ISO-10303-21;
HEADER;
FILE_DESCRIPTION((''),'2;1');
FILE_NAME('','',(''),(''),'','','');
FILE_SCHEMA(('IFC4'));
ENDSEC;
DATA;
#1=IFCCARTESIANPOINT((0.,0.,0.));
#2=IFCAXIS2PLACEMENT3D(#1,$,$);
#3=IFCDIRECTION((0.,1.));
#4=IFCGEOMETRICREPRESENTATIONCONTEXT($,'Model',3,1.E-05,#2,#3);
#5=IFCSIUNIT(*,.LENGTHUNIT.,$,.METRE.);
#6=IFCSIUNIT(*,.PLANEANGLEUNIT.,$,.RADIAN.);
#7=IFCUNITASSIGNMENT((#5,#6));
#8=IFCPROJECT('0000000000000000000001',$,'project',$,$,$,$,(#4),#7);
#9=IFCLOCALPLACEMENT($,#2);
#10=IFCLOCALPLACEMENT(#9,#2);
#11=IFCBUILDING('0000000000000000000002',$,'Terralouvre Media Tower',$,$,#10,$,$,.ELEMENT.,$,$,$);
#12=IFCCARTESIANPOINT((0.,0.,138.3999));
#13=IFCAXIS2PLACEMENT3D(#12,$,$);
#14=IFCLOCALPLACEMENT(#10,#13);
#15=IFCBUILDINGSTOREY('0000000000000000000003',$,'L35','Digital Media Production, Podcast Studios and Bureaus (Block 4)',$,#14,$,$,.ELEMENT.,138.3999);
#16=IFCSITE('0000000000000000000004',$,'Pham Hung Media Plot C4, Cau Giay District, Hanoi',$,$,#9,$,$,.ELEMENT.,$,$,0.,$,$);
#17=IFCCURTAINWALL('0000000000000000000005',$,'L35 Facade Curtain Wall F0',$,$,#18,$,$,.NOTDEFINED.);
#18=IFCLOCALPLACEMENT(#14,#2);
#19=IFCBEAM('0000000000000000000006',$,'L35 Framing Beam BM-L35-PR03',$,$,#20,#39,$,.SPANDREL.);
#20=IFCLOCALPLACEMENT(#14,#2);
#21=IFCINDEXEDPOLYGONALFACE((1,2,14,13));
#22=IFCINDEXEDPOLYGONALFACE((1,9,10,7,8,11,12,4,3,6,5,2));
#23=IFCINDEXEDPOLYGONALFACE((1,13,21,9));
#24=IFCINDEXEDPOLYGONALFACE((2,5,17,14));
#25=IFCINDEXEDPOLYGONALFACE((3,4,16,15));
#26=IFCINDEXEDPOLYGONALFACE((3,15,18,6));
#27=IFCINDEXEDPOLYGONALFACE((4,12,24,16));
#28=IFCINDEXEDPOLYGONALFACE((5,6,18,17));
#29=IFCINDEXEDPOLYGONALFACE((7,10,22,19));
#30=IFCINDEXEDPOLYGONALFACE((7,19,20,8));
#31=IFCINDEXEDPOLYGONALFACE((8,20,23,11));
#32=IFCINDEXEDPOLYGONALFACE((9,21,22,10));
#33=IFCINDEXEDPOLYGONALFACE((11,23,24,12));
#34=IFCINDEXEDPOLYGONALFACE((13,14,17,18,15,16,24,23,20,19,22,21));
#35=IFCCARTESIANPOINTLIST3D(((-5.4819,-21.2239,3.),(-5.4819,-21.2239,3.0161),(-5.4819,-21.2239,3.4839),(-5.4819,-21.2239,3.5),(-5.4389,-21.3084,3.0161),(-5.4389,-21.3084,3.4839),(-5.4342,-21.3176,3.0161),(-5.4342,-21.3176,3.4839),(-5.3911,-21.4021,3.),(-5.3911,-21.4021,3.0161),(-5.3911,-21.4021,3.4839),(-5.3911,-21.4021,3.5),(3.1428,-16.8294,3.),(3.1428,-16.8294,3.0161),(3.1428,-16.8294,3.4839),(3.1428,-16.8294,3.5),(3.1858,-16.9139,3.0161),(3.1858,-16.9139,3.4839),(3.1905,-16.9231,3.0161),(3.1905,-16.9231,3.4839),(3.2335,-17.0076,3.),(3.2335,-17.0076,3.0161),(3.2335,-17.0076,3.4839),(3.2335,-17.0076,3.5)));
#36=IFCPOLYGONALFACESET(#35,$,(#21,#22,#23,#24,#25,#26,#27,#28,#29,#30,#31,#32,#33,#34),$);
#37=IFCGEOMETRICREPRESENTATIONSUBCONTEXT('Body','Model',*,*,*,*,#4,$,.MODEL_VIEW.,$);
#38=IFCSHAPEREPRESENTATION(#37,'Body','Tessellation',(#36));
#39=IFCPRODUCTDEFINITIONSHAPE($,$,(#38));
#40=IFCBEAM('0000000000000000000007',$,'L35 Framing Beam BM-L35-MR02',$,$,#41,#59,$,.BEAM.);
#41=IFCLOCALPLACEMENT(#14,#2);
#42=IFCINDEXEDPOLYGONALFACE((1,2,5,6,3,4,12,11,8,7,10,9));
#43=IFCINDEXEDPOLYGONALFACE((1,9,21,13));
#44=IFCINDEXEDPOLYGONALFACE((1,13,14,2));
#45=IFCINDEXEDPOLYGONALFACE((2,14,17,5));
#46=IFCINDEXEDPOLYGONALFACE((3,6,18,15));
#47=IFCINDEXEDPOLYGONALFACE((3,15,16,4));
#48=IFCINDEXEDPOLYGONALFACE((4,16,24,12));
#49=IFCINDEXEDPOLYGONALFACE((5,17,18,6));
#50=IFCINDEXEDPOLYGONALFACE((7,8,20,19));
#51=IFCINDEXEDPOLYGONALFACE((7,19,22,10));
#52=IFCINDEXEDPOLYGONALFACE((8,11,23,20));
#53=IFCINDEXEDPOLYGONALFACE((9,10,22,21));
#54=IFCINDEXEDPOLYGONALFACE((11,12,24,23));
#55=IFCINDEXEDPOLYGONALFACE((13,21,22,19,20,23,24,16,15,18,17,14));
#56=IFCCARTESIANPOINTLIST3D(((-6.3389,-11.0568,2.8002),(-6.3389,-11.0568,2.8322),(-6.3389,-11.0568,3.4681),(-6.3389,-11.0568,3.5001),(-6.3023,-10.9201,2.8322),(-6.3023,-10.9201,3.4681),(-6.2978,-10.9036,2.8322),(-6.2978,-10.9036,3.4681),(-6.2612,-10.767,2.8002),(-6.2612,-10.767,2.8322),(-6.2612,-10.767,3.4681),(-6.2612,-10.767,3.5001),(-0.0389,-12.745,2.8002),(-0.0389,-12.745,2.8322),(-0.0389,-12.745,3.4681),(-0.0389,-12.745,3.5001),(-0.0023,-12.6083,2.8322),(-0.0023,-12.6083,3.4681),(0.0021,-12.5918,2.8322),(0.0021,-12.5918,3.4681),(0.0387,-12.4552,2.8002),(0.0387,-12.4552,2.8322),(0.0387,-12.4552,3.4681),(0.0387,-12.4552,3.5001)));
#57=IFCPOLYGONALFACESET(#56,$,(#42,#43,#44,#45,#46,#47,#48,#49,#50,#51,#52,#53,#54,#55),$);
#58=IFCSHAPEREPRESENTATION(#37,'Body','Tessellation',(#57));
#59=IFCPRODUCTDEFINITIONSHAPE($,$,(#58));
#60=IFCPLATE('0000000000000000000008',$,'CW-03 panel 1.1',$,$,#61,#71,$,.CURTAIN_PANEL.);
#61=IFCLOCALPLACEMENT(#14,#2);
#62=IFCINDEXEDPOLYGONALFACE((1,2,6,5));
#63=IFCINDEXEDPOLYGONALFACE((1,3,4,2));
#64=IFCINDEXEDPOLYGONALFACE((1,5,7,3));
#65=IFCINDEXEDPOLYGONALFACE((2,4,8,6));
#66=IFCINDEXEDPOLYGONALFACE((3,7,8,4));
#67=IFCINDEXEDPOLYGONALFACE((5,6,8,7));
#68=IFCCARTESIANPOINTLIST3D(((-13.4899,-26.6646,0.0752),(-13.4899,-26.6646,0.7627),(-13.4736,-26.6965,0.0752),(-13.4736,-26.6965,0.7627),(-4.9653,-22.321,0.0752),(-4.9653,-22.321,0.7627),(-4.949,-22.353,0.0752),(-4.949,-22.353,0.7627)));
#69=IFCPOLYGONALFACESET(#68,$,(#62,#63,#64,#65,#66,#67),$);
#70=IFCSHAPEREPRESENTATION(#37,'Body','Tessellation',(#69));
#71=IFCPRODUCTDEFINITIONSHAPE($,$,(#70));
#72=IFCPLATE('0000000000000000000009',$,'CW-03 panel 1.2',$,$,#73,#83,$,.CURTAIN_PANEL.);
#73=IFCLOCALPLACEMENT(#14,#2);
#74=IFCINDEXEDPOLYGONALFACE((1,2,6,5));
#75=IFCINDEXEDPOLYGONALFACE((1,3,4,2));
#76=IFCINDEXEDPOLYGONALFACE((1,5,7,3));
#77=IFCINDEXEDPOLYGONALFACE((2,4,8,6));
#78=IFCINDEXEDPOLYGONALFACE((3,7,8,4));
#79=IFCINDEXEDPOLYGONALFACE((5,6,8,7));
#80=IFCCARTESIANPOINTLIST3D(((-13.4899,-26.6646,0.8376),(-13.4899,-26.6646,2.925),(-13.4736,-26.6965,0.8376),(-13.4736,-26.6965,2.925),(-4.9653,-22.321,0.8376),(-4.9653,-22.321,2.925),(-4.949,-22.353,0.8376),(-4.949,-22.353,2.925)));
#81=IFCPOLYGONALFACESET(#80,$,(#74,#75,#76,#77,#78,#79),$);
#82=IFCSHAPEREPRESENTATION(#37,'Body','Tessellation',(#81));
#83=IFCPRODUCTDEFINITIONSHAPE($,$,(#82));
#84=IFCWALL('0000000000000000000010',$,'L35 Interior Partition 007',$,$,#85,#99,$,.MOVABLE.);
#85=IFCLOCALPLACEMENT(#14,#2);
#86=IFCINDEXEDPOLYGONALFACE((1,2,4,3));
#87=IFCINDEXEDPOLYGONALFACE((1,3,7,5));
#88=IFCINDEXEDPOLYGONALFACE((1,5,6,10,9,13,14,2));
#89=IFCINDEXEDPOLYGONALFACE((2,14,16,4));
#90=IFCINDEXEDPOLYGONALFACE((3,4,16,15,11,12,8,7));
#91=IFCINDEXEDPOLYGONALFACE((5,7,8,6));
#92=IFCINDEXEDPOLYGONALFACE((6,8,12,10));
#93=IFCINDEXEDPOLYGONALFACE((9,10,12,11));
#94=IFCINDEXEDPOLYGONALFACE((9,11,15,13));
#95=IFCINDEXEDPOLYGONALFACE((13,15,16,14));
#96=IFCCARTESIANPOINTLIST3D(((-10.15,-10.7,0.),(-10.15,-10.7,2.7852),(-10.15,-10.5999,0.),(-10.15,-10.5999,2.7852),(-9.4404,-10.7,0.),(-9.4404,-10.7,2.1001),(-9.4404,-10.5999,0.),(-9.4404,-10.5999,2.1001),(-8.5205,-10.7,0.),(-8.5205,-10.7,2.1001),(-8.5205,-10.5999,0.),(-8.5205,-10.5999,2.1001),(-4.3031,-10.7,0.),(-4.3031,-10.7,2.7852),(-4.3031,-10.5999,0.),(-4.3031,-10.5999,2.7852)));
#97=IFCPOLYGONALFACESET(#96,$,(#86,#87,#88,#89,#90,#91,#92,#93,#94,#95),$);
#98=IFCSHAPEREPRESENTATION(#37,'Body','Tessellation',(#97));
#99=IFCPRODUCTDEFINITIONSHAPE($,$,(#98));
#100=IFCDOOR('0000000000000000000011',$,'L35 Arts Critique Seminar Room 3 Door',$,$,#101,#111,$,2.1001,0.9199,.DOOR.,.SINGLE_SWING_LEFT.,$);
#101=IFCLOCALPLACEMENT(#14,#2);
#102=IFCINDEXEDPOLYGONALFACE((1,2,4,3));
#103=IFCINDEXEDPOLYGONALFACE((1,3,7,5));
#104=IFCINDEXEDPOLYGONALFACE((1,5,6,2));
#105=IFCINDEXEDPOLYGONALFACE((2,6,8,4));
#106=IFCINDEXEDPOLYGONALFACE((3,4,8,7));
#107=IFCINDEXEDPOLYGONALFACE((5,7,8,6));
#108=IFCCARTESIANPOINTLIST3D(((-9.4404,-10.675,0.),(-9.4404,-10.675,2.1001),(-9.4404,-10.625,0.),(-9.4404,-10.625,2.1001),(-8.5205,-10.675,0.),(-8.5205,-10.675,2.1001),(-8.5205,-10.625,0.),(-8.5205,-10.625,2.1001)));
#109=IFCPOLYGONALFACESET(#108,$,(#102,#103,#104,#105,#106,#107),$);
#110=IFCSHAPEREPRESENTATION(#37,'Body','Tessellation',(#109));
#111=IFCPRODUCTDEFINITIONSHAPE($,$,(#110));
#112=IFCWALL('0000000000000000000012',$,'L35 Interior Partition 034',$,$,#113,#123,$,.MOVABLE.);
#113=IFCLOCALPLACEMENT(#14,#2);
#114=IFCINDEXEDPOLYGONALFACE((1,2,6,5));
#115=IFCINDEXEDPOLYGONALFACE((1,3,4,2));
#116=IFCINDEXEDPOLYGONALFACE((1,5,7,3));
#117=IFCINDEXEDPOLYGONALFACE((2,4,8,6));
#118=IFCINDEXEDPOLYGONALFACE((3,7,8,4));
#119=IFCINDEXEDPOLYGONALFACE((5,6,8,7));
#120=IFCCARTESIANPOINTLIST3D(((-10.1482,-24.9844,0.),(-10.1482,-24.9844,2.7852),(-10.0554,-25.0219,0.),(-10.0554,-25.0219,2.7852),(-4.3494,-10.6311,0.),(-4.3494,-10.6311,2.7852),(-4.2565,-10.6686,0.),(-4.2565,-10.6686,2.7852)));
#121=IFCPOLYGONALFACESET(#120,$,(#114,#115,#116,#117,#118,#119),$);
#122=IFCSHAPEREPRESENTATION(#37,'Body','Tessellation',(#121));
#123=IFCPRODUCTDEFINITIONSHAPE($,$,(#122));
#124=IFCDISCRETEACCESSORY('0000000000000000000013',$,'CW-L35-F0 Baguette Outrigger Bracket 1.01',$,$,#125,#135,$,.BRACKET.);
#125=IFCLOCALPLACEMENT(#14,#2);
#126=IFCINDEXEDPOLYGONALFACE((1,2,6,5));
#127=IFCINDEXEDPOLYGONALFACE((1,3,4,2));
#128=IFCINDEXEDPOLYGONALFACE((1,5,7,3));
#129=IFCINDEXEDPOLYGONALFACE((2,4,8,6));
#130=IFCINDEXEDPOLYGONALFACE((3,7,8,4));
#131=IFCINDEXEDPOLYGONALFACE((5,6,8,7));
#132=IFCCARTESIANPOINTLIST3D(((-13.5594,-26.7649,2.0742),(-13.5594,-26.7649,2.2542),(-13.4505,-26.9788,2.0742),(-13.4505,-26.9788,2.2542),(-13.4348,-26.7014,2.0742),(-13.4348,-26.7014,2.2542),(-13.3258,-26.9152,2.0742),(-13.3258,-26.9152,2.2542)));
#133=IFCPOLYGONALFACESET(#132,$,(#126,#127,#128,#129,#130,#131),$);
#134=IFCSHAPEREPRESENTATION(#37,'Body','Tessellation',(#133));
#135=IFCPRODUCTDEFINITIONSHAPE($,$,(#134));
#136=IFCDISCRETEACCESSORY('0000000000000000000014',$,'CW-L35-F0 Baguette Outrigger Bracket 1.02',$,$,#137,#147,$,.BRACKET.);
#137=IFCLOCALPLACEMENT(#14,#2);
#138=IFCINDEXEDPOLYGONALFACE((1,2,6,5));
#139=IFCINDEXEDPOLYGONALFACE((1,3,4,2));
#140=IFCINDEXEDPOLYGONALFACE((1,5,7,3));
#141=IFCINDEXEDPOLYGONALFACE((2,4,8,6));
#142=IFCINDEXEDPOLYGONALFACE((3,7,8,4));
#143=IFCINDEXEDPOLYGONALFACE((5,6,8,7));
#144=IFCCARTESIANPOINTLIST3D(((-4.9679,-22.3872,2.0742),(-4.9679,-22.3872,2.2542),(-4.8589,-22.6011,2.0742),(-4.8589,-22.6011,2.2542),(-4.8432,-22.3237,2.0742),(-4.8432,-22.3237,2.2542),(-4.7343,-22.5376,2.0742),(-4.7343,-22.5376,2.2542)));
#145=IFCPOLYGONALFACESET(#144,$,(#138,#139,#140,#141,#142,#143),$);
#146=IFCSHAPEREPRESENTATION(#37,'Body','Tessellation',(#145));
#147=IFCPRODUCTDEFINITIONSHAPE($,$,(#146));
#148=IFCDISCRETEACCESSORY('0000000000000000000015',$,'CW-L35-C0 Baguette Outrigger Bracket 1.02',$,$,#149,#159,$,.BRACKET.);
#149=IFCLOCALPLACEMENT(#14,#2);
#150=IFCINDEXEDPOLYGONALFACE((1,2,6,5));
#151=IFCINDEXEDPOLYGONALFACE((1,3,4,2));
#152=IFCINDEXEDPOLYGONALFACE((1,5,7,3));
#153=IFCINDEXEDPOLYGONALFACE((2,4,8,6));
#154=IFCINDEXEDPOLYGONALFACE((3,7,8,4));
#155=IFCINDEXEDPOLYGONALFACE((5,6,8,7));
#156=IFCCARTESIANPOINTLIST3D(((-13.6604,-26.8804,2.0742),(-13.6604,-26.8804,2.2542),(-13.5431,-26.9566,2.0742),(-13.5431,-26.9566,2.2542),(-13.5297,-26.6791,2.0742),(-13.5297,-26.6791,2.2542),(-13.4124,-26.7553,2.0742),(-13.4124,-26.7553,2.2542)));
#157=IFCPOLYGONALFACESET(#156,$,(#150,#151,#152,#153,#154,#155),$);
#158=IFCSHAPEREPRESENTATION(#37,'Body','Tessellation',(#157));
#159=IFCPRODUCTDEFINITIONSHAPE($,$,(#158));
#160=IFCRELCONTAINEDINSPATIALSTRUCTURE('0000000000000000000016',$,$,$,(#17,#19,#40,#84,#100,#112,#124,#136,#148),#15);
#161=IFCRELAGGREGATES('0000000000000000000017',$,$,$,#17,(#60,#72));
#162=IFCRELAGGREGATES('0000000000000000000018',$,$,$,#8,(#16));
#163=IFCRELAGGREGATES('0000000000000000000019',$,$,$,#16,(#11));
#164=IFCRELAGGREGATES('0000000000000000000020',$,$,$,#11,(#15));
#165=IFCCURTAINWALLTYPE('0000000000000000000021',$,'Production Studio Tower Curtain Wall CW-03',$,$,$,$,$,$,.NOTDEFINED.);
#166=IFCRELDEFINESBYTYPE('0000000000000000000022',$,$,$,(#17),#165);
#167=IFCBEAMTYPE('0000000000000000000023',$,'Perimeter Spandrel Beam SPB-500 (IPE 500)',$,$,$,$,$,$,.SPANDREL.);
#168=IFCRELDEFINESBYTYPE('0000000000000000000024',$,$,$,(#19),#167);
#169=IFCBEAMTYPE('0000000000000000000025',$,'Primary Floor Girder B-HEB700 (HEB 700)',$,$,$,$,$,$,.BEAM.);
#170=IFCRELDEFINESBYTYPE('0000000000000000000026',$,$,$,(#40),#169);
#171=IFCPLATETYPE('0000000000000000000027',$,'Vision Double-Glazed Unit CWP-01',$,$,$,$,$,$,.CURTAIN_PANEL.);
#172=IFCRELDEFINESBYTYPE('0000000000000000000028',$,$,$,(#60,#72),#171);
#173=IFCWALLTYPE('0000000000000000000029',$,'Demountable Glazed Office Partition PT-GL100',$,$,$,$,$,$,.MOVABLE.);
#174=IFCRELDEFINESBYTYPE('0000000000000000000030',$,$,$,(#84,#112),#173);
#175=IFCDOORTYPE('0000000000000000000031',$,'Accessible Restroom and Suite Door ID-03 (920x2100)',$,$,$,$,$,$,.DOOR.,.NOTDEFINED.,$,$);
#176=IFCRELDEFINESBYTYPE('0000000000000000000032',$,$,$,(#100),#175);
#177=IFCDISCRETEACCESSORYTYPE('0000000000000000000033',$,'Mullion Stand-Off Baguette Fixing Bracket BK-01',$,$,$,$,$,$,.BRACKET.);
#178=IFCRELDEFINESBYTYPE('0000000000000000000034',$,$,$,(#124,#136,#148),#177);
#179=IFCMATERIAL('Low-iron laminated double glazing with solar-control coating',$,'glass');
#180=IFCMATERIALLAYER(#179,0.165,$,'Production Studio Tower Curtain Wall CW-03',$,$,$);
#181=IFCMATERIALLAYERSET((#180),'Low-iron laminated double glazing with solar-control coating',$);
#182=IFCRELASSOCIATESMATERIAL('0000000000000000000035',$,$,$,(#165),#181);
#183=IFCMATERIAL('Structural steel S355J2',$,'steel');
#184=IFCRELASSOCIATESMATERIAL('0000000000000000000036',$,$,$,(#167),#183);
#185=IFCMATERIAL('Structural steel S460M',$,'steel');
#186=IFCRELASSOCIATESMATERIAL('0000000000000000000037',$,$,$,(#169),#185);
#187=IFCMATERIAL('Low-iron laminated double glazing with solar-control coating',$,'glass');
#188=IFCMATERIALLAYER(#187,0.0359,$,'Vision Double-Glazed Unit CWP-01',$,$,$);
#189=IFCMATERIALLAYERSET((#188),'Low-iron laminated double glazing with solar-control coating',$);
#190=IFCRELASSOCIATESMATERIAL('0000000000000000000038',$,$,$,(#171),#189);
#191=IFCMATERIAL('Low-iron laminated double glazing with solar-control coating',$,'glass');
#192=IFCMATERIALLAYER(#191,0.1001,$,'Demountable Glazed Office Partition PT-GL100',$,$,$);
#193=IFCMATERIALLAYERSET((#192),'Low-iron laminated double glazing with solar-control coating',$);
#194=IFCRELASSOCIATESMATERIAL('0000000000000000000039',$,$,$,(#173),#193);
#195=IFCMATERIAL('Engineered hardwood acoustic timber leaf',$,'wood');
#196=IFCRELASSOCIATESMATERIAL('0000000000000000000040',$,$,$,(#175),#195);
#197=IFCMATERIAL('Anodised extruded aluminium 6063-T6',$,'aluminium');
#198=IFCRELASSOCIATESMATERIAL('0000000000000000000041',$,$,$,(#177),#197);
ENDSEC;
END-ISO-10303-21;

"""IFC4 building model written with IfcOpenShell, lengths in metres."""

from ifc_helpers import new_model, si_unit, direction, frame, frame_2d, origin, origin_2d, place, context, subcontext, project, spatial, rectangle, i_section, extrude, material, layer, layer_set, material_profile, profile_set, type_object, element, fill, aggregate, save


model = new_model("IFC4")

# Units and contexts
model_context = context("Model", 3, precision=1e-05, world=origin(), true_north=direction((0.0, 1.0)))
body_context = subcontext(model_context, "Body", "Model", "MODEL_VIEW")
ifc_project = project(units=[si_unit("LENGTHUNIT", "METRE"), si_unit("PLANEANGLEUNIT", "RADIAN")], contexts=[model_context])

# Site, building, storey
site_placement = place(None, origin())
site = spatial("IfcSite", under=ifc_project, at=site_placement, Name="Pham Hung Media Plot C4, Cau Giay District, Hanoi", CompositionType="ELEMENT", RefElevation=0.0)
building_placement = place(site_placement, origin())
building = spatial("IfcBuilding", under=site, at=building_placement, Name="Terralouvre Media Tower", CompositionType="ELEMENT")
storey_placement = place(building_placement, frame((0.0, 0.0, 138.3999)))
storey = spatial("IfcBuildingStorey", under=building, at=storey_placement, Name="L35", Description="Digital Media Production, Podcast Studios and Bureaus (Block 4)", CompositionType="ELEMENT", Elevation=138.3999)

# Curtain wall
ifc_material_1 = material(Name="Low-iron laminated double glazing with solar-control coating", Category="glass")
ifc_layer_1 = layer(ifc_material_1, 0.165, Name="Production Studio Tower Curtain Wall CW-03")
ifc_layer_set_1 = layer_set([ifc_layer_1], Name="Low-iron laminated double glazing with solar-control coating")
curtain_wall_type_1 = type_object("IfcCurtainWallType", Name="Production Studio Tower Curtain Wall CW-03", PredefinedType="NOTDEFINED", material=ifc_layer_set_1)
curtain_wall_1_placement = place(storey_placement, origin())
curtain_wall_1 = element("IfcCurtainWall", 1, at=curtain_wall_1_placement, inside=storey, type_object=curtain_wall_type_1, Name="L35 Facade Curtain Wall F0", PredefinedType="NOTDEFINED")

# Beams
ifc_material_2 = material(Name="Structural steel S355J2", Category="steel")
ifc_material_profile_1 = material_profile(ifc_material_2, i_section(OverallWidth=0.2, OverallDepth=0.5, WebThickness=0.0103, FlangeThickness=0.0161, at=origin_2d()), Name="IPE 500")
ifc_profile_set_1 = profile_set([ifc_material_profile_1], Name="Structural steel S355J2")
beam_type_1 = type_object("IfcBeamType", Name="Perimeter Spandrel Beam SPB-500 (IPE 500)", PredefinedType="SPANDREL", material=ifc_profile_set_1)
beam_1_placement = place(storey_placement, frame((-5.4365, -21.313, 3.25), z_axis=(0.891007, 0.45399, 0.0), x_axis=(-0.45399, 0.891007, 0.0)))
element("IfcBeam", 2, at=beam_1_placement, inside=storey, type_object=beam_type_1, Name="L35 Framing Beam BM-L35-PR03", PredefinedType="SPANDREL", context=body_context, shape_type="SweptSolid", body=[
    extrude(i_section(OverallWidth=0.2, OverallDepth=0.5, WebThickness=0.0103, FlangeThickness=0.0161, at=origin_2d()), origin(), (0.0, 0.0, 1.0), 9.6797),
])
ifc_material_3 = material(Name="Structural steel S460M", Category="steel")
ifc_material_profile_2 = material_profile(ifc_material_3, i_section(OverallWidth=0.3, OverallDepth=0.7, WebThickness=0.0171, FlangeThickness=0.032, at=origin_2d()), Name="HEB 700")
ifc_profile_set_2 = profile_set([ifc_material_profile_2], Name="Structural steel S460M")
beam_type_2 = type_object("IfcBeamType", Name="Primary Floor Girder B-HEB700 (HEB 700)", PredefinedType="BEAM", material=ifc_profile_set_2)
beam_2_placement = place(storey_placement, frame((-6.3, -10.9119, 3.1501), z_axis=(0.96592, -0.258839, 0.0), x_axis=(0.258839, 0.96592, 0.0)))
element("IfcBeam", 3, at=beam_2_placement, inside=storey, type_object=beam_type_2, Name="L35 Framing Beam BM-L35-MR02", PredefinedType="BEAM", context=body_context, shape_type="SweptSolid", body=[
    extrude(i_section(OverallWidth=0.3, OverallDepth=0.7, WebThickness=0.0171, FlangeThickness=0.032, at=origin_2d()), origin(), (0.0, 0.0, 1.0), 6.5222),
])

# Plates
ifc_material_4 = material(Name="Low-iron laminated double glazing with solar-control coating", Category="glass")
ifc_layer_2 = layer(ifc_material_4, 0.0359, Name="Vision Double-Glazed Unit CWP-01")
ifc_layer_set_2 = layer_set([ifc_layer_2], Name="Low-iron laminated double glazing with solar-control coating")
plate_type = type_object("IfcPlateType", Name="Vision Double-Glazed Unit CWP-01", PredefinedType="CURTAIN_PANEL", material=ifc_layer_set_2)
plate_1_placement = place(storey_placement, frame((-9.2195, -24.5088, 0.0752), z_axis=(0.0, 0.0, 1.0), x_axis=(0.891007, 0.453991, 0.0)))
plate_1 = element("IfcPlate", 4, at=plate_1_placement, type_object=plate_type, Name="CW-03 panel 1.1", PredefinedType="CURTAIN_PANEL", context=body_context, shape_type="SweptSolid", body=[
    extrude(rectangle(XDim=9.5674, YDim=0.0359, at=origin_2d()), origin(), (0.0, 0.0, 1.0), 0.6875),
])
plate_2_placement = place(storey_placement, frame((-9.2195, -24.5088, 0.8376), z_axis=(0.0, 0.0, 1.0), x_axis=(0.891007, 0.453991, 0.0)))
plate_2 = element("IfcPlate", 5, at=plate_2_placement, type_object=plate_type, Name="CW-03 panel 1.2", PredefinedType="CURTAIN_PANEL", context=body_context, shape_type="SweptSolid", body=[
    extrude(rectangle(XDim=9.5674, YDim=0.0359, at=origin_2d()), origin(), (0.0, 0.0, 1.0), 2.0874),
])
aggregate(curtain_wall_1, [plate_1, plate_2])

# Wall, opening, door
ifc_material_5 = material(Name="Low-iron laminated double glazing with solar-control coating", Category="glass")
ifc_layer_3 = layer(ifc_material_5, 0.1001, Name="Demountable Glazed Office Partition PT-GL100")
ifc_layer_set_3 = layer_set([ifc_layer_3], Name="Low-iron laminated double glazing with solar-control coating")
wall_type = type_object("IfcWallType", Name="Demountable Glazed Office Partition PT-GL100", PredefinedType="MOVABLE", material=ifc_layer_set_3)
wall_1_placement = place(storey_placement, frame((-10.1499, -10.6499, 0.0), z_axis=(0.0, 0.0, 1.0), x_axis=(1.0, 0.0, 0.0)))
wall_1 = element("IfcWall", 6, at=wall_1_placement, inside=storey, type_object=wall_type, Name="L35 Interior Partition 007", PredefinedType="MOVABLE", context=body_context, shape_type="SweptSolid", body=[
    extrude(rectangle(XDim=5.8469, YDim=0.1001, at=frame_2d((2.9233, 0.0))), origin(), (0.0, 0.0, 1.0), 2.7852),
])
opening_placement = place(wall_1_placement, frame((0.7095, 0.0, 0.0)))
opening = element("IfcOpeningElement", 7, at=opening_placement, cuts=wall_1, PredefinedType="OPENING", context=body_context, shape_type="SweptSolid", body=[
    extrude(rectangle(XDim=0.9199, YDim=2.1001, at=frame_2d((0.46, 1.05))), frame((0.0, 0.0601, 0.0), z_axis=(0.0, -1.0, 0.0), x_axis=(1.0, 0.0, 0.0)), (0.0, 0.0, 1.0), 0.1201),
])
ifc_material_6 = material(Name="Engineered hardwood acoustic timber leaf", Category="wood")
door_type = type_object("IfcDoorType", Name="Accessible Restroom and Suite Door ID-03 (920x2100)", OperationType="NOTDEFINED", PredefinedType="DOOR", material=ifc_material_6)
door_placement = place(opening_placement, origin())
door = element("IfcDoor", 8, at=door_placement, inside=storey, type_object=door_type, Name="L35 Arts Critique Seminar Room 3 Door", OperationType="SINGLE_SWING_LEFT", OverallHeight=2.1001, OverallWidth=0.9199, PredefinedType="DOOR", context=body_context, shape_type="SweptSolid", body=[
    extrude(rectangle(XDim=0.9199, YDim=2.1001, at=frame_2d((0.46, 1.05))), frame((0.0, 0.0249, 0.0), z_axis=(0.0, -1.0, 0.0), x_axis=(1.0, 0.0, 0.0)), (0.0, 0.0, 1.0), 0.05),
])
fill(opening, door)

# Wall
wall_2_placement = place(storey_placement, frame((-10.1018, -25.0032, 0.0), z_axis=(0.0, 0.0, 1.0), x_axis=(0.374592, 0.92719, 0.0)))
element("IfcWall", 9, at=wall_2_placement, inside=storey, type_object=wall_type, Name="L35 Interior Partition 034", PredefinedType="MOVABLE", context=body_context, shape_type="SweptSolid", body=[
    extrude(rectangle(XDim=15.4805, YDim=0.1001, at=frame_2d((7.7402, 0.0))), origin(), (0.0, 0.0, 1.0), 2.7852),
])

# Discrete accessories
ifc_material_7 = material(Name="Anodised extruded aluminium 6063-T6", Category="aluminium")
discrete_accessory_type = type_object("IfcDiscreteAccessoryType", Name="Mullion Stand-Off Baguette Fixing Bracket BK-01", PredefinedType="BRACKET", material=ifc_material_7)
for number, where, z_axis, x_axis, name in (
    (10, (-13.4426, -26.8401, 2.0742), (0.0, 0.0, 1.0), (0.891007, 0.453991, 0.0), "CW-L35-F0 Baguette Outrigger Bracket 1.01"),
    (11, (-4.8511, -22.4624, 2.0742), (0.0, 0.0, 1.0), (0.891007, 0.453991, 0.0), "CW-L35-F0 Baguette Outrigger Bracket 1.02"),
    (12, (-13.5364, -26.8179, 2.0742), (0.0, 0.0, 1.0), (0.83867, -0.544639, 0.0), "CW-L35-C0 Baguette Outrigger Bracket 1.02"),
):
    element("IfcDiscreteAccessory", number, at=place(storey_placement, frame(where, z_axis=z_axis, x_axis=x_axis)), inside=storey, type_object=discrete_accessory_type, Name=name, PredefinedType="BRACKET", context=body_context, shape_type="SweptSolid", body=[
        extrude(rectangle(XDim=0.1399, YDim=0.24, at=origin_2d()), origin(), (0.0, 0.0, 1.0), 0.1799),
    ])

save(model, "model.ifc")
